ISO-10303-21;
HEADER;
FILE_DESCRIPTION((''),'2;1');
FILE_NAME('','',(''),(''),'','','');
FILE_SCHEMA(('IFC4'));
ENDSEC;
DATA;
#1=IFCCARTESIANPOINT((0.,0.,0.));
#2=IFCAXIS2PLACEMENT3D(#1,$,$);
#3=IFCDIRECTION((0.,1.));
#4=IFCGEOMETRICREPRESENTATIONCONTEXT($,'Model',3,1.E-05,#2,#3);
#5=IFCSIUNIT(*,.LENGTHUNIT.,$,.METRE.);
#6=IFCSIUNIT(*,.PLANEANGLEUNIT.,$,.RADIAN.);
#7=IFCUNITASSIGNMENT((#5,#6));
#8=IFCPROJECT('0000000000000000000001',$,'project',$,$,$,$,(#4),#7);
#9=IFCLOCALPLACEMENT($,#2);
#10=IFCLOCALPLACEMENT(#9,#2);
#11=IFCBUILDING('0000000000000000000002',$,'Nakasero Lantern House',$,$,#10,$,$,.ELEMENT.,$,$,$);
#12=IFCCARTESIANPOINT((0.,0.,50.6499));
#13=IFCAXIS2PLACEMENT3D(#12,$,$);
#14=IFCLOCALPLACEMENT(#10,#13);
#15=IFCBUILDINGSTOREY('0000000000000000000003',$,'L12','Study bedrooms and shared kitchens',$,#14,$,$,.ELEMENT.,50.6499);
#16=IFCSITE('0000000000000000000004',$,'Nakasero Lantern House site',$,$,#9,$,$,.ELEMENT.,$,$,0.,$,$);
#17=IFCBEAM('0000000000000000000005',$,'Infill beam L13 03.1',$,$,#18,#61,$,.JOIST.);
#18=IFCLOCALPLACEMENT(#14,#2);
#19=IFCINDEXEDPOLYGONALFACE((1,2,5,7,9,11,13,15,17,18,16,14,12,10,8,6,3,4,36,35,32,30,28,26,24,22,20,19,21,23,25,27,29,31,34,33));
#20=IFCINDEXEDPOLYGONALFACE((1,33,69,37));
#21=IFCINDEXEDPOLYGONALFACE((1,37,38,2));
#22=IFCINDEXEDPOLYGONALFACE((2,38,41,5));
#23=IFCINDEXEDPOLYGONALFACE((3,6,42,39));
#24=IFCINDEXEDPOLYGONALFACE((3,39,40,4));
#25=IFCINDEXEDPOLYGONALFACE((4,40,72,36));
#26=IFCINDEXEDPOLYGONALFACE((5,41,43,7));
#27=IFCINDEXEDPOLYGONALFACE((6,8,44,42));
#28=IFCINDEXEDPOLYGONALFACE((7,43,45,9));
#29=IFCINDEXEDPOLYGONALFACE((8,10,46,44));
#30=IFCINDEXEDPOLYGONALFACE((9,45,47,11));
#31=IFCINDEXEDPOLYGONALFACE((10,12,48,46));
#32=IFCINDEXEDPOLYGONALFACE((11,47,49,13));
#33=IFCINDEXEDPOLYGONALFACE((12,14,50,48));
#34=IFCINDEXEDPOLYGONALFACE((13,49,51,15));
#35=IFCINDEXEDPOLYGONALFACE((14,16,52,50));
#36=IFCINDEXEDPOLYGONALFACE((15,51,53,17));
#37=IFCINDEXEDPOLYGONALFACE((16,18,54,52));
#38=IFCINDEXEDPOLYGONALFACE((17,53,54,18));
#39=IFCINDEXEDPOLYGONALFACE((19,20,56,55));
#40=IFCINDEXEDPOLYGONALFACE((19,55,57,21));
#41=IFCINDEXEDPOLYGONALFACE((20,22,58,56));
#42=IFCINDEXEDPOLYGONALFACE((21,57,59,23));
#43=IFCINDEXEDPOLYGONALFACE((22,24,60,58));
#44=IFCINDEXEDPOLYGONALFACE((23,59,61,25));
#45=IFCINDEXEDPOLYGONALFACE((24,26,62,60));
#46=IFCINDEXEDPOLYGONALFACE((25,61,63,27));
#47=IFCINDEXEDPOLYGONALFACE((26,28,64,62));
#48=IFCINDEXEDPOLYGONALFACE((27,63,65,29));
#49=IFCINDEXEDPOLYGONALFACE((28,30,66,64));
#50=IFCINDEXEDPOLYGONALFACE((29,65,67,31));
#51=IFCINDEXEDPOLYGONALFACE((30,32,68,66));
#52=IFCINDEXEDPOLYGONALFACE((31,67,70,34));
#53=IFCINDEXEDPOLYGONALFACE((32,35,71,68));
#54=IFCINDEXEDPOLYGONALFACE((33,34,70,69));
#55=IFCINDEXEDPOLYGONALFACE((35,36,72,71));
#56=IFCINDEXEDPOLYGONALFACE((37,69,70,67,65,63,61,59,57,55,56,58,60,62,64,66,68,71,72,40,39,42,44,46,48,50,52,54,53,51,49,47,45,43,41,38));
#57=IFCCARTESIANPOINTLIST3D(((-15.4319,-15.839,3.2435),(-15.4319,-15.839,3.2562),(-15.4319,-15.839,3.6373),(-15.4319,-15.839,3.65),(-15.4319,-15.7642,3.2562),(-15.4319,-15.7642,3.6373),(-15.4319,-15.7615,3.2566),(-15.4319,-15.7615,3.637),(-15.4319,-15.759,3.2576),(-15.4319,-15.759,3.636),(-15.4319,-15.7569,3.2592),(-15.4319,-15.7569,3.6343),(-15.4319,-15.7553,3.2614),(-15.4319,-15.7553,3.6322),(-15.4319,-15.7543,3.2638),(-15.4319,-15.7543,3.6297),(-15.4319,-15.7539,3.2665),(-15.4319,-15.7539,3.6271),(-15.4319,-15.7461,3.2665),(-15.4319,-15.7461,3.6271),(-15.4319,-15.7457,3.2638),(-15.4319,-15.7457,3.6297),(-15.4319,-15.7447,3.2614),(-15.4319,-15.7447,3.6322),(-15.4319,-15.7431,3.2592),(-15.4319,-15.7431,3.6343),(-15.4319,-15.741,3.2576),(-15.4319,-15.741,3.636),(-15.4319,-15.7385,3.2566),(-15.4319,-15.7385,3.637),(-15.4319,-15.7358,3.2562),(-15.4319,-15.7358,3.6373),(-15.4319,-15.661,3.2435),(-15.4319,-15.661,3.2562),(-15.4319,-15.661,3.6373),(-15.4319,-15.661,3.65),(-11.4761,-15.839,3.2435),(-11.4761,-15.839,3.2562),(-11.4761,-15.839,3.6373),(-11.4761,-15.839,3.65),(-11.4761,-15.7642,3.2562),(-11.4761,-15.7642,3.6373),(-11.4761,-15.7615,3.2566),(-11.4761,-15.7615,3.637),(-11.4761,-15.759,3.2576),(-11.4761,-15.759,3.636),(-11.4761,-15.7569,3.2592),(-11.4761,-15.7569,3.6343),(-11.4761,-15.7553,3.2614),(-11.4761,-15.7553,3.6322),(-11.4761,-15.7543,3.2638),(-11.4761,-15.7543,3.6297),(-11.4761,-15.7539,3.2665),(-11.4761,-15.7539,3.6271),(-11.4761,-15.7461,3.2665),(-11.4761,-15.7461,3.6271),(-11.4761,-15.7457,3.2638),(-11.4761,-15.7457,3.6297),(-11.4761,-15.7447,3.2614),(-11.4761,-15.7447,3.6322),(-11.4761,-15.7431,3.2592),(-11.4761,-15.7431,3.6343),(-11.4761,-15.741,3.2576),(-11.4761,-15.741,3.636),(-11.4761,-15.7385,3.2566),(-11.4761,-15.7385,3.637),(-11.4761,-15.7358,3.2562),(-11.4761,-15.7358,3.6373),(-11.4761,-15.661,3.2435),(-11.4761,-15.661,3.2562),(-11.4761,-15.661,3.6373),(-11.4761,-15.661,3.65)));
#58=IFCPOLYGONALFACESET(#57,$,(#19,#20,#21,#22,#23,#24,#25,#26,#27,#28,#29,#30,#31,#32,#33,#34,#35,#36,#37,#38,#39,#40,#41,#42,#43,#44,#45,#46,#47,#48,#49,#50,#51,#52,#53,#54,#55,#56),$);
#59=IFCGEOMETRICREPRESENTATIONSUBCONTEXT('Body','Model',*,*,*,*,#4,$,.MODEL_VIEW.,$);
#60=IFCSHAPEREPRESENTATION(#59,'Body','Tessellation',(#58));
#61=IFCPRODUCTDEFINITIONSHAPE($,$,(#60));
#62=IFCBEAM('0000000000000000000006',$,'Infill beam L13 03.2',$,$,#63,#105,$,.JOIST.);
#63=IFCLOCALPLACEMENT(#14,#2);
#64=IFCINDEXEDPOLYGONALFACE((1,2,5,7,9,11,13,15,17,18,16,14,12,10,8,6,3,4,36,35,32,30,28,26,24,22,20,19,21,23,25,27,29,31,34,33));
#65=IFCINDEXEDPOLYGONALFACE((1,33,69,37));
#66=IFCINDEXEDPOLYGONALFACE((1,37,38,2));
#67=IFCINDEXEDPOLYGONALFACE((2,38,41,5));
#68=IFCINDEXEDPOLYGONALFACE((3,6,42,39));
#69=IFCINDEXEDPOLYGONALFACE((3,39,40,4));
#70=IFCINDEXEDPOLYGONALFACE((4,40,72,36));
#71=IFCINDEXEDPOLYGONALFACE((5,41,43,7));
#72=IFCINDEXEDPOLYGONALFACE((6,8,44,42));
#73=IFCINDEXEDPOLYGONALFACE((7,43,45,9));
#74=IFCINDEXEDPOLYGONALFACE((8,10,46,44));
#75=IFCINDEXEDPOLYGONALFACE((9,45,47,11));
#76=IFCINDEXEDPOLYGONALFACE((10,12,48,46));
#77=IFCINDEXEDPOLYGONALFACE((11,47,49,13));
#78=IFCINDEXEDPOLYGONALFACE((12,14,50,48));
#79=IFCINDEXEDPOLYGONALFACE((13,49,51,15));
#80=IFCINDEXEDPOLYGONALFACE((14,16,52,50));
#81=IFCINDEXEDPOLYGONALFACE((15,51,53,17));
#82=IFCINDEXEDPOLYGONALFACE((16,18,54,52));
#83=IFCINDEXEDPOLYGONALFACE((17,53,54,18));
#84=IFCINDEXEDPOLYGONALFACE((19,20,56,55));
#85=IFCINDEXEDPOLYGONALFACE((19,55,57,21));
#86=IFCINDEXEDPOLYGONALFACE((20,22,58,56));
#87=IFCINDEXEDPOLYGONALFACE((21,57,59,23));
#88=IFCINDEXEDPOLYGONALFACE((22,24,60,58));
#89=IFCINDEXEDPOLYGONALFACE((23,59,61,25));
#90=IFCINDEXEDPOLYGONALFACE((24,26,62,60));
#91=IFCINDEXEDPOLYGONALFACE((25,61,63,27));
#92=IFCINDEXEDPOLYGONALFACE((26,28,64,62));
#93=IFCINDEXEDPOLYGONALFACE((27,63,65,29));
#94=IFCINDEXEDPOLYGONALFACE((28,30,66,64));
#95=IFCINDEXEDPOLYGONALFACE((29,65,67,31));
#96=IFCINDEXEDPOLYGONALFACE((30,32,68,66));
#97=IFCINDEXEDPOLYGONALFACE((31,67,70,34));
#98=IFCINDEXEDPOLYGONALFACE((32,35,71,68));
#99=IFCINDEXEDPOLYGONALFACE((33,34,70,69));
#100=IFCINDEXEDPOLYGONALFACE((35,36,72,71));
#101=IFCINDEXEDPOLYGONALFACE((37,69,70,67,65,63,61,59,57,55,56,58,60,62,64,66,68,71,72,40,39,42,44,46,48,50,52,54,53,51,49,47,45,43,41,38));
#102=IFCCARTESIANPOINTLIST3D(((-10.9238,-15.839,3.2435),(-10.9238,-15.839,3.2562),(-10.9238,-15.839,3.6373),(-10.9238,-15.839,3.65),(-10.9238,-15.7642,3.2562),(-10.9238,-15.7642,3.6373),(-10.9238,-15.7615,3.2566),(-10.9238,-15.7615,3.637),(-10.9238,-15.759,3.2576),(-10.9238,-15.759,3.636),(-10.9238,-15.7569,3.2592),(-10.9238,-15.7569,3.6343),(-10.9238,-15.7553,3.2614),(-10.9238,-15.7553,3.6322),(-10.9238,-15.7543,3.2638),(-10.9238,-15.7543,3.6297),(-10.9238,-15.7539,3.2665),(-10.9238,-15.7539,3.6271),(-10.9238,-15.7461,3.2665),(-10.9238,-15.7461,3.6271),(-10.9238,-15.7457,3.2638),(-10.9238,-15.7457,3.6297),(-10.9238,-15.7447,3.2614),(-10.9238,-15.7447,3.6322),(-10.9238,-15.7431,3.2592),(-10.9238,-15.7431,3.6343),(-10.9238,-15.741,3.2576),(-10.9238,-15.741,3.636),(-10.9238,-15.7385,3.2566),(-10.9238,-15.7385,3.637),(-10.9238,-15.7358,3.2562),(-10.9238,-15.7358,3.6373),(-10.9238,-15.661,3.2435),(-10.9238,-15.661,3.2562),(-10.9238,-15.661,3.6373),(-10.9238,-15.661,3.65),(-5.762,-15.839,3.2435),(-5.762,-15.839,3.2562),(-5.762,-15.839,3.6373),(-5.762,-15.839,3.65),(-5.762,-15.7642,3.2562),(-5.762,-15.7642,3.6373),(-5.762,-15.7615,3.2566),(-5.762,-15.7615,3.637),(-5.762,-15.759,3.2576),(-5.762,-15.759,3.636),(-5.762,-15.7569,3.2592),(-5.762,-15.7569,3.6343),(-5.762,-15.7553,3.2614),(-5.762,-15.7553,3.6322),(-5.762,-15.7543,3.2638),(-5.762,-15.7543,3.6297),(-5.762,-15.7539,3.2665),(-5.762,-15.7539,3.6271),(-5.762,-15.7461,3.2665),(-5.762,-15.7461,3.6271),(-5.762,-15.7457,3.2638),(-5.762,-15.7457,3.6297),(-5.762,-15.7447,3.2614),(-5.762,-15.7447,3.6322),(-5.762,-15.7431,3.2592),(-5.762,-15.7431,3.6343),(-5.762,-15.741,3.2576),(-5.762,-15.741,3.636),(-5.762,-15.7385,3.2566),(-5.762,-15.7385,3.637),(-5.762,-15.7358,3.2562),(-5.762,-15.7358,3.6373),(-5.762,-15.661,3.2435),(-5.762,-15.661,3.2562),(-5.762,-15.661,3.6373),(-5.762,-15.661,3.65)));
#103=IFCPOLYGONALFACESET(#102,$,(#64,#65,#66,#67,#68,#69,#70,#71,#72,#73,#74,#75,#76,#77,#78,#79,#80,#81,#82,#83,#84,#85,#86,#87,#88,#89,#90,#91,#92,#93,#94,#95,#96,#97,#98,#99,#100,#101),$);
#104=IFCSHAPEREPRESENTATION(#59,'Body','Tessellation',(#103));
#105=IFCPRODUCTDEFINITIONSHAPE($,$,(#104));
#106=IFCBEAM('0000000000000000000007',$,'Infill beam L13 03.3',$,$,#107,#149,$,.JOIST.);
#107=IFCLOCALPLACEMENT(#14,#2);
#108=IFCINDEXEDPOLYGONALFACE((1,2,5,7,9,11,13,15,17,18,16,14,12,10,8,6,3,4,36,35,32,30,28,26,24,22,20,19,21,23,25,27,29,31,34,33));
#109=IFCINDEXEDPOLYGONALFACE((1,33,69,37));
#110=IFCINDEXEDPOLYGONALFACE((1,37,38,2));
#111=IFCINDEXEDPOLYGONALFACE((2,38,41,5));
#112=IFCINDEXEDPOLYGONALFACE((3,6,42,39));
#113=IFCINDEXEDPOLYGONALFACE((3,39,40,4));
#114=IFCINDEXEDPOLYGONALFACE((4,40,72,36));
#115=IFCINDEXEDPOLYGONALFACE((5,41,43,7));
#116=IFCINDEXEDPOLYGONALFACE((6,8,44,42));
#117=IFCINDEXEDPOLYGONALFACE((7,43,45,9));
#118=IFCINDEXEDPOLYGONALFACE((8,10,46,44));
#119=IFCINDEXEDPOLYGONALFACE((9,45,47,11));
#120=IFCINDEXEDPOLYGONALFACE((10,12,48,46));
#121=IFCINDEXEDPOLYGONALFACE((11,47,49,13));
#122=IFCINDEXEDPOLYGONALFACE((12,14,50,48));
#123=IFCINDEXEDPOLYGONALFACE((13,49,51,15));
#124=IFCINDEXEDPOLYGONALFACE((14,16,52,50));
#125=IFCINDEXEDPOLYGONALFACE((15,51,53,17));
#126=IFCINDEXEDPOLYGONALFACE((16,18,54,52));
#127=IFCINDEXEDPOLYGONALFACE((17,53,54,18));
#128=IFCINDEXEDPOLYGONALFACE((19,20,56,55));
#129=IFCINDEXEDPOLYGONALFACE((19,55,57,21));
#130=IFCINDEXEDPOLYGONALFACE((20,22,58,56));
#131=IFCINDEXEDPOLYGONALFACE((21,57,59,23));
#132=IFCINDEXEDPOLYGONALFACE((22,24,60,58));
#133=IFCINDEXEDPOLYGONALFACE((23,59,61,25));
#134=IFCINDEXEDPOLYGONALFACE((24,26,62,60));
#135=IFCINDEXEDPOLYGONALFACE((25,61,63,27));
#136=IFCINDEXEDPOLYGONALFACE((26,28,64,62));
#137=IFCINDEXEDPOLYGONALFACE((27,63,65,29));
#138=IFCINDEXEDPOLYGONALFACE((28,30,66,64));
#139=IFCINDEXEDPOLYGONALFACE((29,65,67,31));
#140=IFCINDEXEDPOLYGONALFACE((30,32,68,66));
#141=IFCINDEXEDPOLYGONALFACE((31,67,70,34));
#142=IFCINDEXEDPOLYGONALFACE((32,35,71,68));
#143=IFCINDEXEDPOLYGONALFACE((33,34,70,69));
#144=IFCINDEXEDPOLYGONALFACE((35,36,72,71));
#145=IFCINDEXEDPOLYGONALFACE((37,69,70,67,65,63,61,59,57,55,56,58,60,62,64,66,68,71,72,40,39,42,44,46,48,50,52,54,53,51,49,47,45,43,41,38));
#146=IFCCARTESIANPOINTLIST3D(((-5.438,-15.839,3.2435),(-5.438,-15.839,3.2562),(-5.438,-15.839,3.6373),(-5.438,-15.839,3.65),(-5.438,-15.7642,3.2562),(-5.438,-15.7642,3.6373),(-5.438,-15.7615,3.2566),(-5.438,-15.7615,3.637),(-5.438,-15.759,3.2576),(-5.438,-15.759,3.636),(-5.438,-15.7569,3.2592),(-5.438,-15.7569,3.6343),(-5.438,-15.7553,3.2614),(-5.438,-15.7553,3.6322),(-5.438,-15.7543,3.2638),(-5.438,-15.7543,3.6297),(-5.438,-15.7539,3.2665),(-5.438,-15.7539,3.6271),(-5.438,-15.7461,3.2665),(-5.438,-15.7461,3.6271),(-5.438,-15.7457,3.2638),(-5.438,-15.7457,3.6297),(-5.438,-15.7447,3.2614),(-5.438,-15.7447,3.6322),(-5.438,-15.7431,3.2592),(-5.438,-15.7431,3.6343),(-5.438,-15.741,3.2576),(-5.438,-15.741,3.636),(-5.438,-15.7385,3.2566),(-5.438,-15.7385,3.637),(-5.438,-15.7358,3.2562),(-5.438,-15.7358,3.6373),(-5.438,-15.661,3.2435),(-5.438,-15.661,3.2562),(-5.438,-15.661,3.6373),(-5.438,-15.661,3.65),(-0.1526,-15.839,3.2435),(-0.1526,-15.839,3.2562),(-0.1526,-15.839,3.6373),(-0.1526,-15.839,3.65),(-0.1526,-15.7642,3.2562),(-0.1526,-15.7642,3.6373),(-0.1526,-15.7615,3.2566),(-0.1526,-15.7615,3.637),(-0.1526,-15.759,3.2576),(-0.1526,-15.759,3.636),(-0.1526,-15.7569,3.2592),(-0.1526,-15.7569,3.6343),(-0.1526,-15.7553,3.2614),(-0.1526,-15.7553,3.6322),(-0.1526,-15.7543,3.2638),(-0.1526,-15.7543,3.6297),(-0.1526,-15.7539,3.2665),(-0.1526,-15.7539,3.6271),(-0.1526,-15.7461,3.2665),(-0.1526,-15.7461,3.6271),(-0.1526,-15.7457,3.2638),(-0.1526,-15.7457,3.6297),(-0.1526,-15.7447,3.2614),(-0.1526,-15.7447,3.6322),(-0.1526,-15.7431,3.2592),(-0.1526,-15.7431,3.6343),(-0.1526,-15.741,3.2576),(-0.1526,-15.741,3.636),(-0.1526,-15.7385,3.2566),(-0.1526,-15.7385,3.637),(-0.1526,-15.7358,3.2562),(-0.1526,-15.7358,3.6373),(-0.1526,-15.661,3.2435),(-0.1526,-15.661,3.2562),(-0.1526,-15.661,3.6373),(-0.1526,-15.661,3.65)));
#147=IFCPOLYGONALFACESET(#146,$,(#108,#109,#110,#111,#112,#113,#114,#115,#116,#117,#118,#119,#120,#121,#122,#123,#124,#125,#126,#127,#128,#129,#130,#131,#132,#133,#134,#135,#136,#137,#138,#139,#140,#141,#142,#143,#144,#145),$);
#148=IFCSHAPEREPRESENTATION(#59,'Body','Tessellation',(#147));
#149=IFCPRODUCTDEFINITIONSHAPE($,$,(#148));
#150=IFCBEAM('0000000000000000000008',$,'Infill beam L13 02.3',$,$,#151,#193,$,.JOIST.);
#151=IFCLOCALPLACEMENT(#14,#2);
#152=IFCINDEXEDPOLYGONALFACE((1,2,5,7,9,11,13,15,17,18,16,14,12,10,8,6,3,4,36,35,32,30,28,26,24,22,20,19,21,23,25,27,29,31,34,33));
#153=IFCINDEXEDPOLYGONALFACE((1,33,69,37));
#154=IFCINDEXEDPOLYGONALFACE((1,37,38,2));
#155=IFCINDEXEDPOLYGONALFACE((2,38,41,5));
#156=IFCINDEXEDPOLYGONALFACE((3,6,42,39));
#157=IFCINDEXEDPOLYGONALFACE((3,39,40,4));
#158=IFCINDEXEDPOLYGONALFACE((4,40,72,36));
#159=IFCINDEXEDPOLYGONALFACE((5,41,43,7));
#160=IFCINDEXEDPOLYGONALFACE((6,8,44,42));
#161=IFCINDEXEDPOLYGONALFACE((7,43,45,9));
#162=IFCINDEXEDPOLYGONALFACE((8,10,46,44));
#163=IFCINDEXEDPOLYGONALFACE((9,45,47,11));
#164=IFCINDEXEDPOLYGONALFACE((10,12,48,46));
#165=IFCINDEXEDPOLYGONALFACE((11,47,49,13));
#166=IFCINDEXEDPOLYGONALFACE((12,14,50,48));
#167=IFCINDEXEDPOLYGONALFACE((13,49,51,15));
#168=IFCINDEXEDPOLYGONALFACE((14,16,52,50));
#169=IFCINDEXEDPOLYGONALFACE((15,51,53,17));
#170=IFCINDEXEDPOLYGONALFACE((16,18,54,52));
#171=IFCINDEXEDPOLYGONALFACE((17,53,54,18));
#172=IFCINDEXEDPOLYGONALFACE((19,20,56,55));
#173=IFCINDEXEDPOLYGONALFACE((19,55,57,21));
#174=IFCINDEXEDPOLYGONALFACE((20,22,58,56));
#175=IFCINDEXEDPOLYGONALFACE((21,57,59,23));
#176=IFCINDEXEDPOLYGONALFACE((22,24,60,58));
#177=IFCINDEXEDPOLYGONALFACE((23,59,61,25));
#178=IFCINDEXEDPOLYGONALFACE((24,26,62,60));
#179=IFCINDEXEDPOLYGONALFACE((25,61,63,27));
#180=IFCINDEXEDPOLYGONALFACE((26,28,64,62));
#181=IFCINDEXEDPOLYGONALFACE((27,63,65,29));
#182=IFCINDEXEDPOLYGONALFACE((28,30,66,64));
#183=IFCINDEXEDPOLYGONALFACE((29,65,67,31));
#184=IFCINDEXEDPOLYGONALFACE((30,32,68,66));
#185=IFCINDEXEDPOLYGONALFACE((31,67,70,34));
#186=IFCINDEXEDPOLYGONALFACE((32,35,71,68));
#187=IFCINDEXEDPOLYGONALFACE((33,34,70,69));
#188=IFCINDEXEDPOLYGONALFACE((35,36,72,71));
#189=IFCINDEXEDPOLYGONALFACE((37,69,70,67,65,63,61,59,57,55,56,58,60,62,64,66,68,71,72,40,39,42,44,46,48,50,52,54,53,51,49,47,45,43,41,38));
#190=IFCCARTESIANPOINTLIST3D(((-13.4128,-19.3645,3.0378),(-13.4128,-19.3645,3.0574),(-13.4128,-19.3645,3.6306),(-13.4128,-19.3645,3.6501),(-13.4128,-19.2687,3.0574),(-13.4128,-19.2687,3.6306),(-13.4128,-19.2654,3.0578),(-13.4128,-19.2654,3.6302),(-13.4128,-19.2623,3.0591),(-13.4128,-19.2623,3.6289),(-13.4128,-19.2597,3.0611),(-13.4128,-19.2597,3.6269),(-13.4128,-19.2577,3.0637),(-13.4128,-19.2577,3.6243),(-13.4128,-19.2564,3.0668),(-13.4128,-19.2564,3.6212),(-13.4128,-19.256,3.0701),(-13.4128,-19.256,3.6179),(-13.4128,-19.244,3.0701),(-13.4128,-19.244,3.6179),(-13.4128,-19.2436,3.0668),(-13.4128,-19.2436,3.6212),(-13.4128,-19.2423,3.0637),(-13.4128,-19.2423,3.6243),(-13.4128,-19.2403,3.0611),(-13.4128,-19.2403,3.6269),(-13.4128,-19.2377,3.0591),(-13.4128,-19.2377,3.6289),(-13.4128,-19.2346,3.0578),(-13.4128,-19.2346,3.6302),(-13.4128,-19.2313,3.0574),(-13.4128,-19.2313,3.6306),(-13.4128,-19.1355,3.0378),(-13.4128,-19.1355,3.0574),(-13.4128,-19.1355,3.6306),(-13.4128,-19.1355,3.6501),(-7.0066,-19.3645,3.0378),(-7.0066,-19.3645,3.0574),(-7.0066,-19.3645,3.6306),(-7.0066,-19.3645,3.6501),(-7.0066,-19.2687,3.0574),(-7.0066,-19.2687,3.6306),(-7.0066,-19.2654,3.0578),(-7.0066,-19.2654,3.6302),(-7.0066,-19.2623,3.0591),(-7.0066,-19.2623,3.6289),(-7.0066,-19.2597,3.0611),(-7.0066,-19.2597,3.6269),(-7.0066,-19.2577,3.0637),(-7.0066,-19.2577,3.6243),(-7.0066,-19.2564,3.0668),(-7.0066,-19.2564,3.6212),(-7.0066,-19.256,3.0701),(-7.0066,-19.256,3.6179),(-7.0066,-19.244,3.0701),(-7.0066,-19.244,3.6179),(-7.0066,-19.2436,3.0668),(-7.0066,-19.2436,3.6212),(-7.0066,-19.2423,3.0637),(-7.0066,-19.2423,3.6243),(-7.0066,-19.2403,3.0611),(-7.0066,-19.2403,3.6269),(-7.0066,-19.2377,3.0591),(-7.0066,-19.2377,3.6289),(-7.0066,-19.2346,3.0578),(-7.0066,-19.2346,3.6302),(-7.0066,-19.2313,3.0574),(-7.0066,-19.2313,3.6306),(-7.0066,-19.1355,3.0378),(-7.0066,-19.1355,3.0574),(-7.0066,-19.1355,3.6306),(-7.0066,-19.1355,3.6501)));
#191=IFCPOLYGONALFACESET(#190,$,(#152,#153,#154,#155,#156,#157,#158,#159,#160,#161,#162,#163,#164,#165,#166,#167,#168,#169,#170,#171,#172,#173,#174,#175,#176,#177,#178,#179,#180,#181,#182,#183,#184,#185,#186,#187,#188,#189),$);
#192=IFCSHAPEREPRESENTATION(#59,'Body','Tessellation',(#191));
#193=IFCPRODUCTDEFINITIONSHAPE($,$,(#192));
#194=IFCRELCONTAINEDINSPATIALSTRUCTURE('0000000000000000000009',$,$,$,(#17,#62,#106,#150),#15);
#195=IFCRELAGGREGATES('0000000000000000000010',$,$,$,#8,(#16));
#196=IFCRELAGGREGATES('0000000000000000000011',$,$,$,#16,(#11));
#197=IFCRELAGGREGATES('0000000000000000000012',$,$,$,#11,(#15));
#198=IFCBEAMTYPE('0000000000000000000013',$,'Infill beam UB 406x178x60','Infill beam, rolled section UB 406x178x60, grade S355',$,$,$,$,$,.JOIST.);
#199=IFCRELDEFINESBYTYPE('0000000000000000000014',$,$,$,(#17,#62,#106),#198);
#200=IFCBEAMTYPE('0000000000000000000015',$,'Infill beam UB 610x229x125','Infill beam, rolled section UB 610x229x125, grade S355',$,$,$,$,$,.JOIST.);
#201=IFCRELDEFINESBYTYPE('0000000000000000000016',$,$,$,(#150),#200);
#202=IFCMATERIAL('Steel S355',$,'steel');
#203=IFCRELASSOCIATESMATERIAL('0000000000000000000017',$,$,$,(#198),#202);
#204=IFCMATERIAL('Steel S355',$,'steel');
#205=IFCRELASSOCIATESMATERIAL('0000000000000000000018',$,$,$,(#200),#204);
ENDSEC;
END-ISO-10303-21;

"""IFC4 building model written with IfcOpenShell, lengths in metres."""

from ifc_helpers import new_model, si_unit, direction, frame, origin, origin_2d, place, context, subcontext, project, spatial, i_section, extrude, material, material_profile, profile_set, type_object, element, save


model = new_model("IFC4")

# Units and contexts
model_context = context("Model", 3, precision=1e-05, world=origin(), true_north=direction((0.0, 1.0)))
body_context = subcontext(model_context, "Body", "Model", "MODEL_VIEW")
ifc_project = project(units=[si_unit("LENGTHUNIT", "METRE"), si_unit("PLANEANGLEUNIT", "RADIAN")], contexts=[model_context])

# Site, building, storey
site_placement = place(None, origin())
site = spatial("IfcSite", under=ifc_project, at=site_placement, Name="Nakasero Lantern House site", CompositionType="ELEMENT", RefElevation=0.0)
building_placement = place(site_placement, origin())
building = spatial("IfcBuilding", under=site, at=building_placement, Name="Nakasero Lantern House", CompositionType="ELEMENT")
storey_placement = place(building_placement, frame((0.0, 0.0, 50.6499)))
storey = spatial("IfcBuildingStorey", under=building, at=storey_placement, Name="L12", Description="Study bedrooms and shared kitchens", CompositionType="ELEMENT", Elevation=50.6499)

# Beams
ifc_material_1 = material(Name="Steel S355", Category="steel")
ifc_material_profile_1 = material_profile(ifc_material_1, i_section(OverallWidth=0.178, OverallDepth=0.4065, WebThickness=0.0078, FlangeThickness=0.0127, FilletRadius=0.0103, at=origin_2d()), Name="UB 406x178x60")
ifc_profile_set_1 = profile_set([ifc_material_profile_1], Name="Steel S355")
beam_type_1 = type_object("IfcBeamType", Name="Infill beam UB 406x178x60", Description="Infill beam, rolled section UB 406x178x60, grade S355", PredefinedType="JOIST", material=ifc_profile_set_1)
beam_1_placement = place(storey_placement, frame((-15.4319, -15.75, 3.4468), z_axis=(1.0, 0.0, 0.0), x_axis=(0.0, 1.0, 0.0)))
element("IfcBeam", 1, at=beam_1_placement, inside=storey, type_object=beam_type_1, Name="Infill beam L13 03.1", PredefinedType="JOIST", context=body_context, shape_type="SweptSolid", body=[
    extrude(i_section(OverallWidth=0.178, OverallDepth=0.4065, WebThickness=0.0078, FlangeThickness=0.0127, FilletRadius=0.0103, at=origin_2d()), origin(), (0.0, 0.0, 1.0), 3.9558),
])
beam_2_placement = place(storey_placement, frame((-10.9238, -15.75, 3.4468), z_axis=(1.0, 0.0, 0.0), x_axis=(0.0, 1.0, 0.0)))
element("IfcBeam", 2, at=beam_2_placement, inside=storey, type_object=beam_type_1, Name="Infill beam L13 03.2", PredefinedType="JOIST", context=body_context, shape_type="SweptSolid", body=[
    extrude(i_section(OverallWidth=0.178, OverallDepth=0.4065, WebThickness=0.0078, FlangeThickness=0.0127, FilletRadius=0.0103, at=origin_2d()), origin(), (0.0, 0.0, 1.0), 5.1619),
])
beam_3_placement = place(storey_placement, frame((-5.438, -15.75, 3.4468), z_axis=(1.0, 0.0, 0.0), x_axis=(0.0, 1.0, 0.0)))
element("IfcBeam", 3, at=beam_3_placement, inside=storey, type_object=beam_type_1, Name="Infill beam L13 03.3", PredefinedType="JOIST", context=body_context, shape_type="SweptSolid", body=[
    extrude(i_section(OverallWidth=0.178, OverallDepth=0.4065, WebThickness=0.0078, FlangeThickness=0.0127, FilletRadius=0.0103, at=origin_2d()), origin(), (0.0, 0.0, 1.0), 5.2854),
])
ifc_material_2 = material(Name="Steel S355", Category="steel")
ifc_material_profile_2 = material_profile(ifc_material_2, i_section(OverallWidth=0.229, OverallDepth=0.6123, WebThickness=0.012, FlangeThickness=0.0195, FilletRadius=0.0127, at=origin_2d()), Name="UB 610x229x125")
ifc_profile_set_2 = profile_set([ifc_material_profile_2], Name="Steel S355")
beam_type_2 = type_object("IfcBeamType", Name="Infill beam UB 610x229x125", Description="Infill beam, rolled section UB 610x229x125, grade S355", PredefinedType="JOIST", material=ifc_profile_set_2)
beam_4_placement = place(storey_placement, frame((-13.4128, -19.25, 3.344), z_axis=(1.0, 0.0, 0.0), x_axis=(0.0, 1.0, 0.0)))
element("IfcBeam", 4, at=beam_4_placement, inside=storey, type_object=beam_type_2, Name="Infill beam L13 02.3", PredefinedType="JOIST", context=body_context, shape_type="SweptSolid", body=[
    extrude(i_section(OverallWidth=0.229, OverallDepth=0.6123, WebThickness=0.012, FlangeThickness=0.0195, FilletRadius=0.0127, at=origin_2d()), origin(), (0.0, 0.0, 1.0), 6.4062),
])

save(model, "model.ifc")
